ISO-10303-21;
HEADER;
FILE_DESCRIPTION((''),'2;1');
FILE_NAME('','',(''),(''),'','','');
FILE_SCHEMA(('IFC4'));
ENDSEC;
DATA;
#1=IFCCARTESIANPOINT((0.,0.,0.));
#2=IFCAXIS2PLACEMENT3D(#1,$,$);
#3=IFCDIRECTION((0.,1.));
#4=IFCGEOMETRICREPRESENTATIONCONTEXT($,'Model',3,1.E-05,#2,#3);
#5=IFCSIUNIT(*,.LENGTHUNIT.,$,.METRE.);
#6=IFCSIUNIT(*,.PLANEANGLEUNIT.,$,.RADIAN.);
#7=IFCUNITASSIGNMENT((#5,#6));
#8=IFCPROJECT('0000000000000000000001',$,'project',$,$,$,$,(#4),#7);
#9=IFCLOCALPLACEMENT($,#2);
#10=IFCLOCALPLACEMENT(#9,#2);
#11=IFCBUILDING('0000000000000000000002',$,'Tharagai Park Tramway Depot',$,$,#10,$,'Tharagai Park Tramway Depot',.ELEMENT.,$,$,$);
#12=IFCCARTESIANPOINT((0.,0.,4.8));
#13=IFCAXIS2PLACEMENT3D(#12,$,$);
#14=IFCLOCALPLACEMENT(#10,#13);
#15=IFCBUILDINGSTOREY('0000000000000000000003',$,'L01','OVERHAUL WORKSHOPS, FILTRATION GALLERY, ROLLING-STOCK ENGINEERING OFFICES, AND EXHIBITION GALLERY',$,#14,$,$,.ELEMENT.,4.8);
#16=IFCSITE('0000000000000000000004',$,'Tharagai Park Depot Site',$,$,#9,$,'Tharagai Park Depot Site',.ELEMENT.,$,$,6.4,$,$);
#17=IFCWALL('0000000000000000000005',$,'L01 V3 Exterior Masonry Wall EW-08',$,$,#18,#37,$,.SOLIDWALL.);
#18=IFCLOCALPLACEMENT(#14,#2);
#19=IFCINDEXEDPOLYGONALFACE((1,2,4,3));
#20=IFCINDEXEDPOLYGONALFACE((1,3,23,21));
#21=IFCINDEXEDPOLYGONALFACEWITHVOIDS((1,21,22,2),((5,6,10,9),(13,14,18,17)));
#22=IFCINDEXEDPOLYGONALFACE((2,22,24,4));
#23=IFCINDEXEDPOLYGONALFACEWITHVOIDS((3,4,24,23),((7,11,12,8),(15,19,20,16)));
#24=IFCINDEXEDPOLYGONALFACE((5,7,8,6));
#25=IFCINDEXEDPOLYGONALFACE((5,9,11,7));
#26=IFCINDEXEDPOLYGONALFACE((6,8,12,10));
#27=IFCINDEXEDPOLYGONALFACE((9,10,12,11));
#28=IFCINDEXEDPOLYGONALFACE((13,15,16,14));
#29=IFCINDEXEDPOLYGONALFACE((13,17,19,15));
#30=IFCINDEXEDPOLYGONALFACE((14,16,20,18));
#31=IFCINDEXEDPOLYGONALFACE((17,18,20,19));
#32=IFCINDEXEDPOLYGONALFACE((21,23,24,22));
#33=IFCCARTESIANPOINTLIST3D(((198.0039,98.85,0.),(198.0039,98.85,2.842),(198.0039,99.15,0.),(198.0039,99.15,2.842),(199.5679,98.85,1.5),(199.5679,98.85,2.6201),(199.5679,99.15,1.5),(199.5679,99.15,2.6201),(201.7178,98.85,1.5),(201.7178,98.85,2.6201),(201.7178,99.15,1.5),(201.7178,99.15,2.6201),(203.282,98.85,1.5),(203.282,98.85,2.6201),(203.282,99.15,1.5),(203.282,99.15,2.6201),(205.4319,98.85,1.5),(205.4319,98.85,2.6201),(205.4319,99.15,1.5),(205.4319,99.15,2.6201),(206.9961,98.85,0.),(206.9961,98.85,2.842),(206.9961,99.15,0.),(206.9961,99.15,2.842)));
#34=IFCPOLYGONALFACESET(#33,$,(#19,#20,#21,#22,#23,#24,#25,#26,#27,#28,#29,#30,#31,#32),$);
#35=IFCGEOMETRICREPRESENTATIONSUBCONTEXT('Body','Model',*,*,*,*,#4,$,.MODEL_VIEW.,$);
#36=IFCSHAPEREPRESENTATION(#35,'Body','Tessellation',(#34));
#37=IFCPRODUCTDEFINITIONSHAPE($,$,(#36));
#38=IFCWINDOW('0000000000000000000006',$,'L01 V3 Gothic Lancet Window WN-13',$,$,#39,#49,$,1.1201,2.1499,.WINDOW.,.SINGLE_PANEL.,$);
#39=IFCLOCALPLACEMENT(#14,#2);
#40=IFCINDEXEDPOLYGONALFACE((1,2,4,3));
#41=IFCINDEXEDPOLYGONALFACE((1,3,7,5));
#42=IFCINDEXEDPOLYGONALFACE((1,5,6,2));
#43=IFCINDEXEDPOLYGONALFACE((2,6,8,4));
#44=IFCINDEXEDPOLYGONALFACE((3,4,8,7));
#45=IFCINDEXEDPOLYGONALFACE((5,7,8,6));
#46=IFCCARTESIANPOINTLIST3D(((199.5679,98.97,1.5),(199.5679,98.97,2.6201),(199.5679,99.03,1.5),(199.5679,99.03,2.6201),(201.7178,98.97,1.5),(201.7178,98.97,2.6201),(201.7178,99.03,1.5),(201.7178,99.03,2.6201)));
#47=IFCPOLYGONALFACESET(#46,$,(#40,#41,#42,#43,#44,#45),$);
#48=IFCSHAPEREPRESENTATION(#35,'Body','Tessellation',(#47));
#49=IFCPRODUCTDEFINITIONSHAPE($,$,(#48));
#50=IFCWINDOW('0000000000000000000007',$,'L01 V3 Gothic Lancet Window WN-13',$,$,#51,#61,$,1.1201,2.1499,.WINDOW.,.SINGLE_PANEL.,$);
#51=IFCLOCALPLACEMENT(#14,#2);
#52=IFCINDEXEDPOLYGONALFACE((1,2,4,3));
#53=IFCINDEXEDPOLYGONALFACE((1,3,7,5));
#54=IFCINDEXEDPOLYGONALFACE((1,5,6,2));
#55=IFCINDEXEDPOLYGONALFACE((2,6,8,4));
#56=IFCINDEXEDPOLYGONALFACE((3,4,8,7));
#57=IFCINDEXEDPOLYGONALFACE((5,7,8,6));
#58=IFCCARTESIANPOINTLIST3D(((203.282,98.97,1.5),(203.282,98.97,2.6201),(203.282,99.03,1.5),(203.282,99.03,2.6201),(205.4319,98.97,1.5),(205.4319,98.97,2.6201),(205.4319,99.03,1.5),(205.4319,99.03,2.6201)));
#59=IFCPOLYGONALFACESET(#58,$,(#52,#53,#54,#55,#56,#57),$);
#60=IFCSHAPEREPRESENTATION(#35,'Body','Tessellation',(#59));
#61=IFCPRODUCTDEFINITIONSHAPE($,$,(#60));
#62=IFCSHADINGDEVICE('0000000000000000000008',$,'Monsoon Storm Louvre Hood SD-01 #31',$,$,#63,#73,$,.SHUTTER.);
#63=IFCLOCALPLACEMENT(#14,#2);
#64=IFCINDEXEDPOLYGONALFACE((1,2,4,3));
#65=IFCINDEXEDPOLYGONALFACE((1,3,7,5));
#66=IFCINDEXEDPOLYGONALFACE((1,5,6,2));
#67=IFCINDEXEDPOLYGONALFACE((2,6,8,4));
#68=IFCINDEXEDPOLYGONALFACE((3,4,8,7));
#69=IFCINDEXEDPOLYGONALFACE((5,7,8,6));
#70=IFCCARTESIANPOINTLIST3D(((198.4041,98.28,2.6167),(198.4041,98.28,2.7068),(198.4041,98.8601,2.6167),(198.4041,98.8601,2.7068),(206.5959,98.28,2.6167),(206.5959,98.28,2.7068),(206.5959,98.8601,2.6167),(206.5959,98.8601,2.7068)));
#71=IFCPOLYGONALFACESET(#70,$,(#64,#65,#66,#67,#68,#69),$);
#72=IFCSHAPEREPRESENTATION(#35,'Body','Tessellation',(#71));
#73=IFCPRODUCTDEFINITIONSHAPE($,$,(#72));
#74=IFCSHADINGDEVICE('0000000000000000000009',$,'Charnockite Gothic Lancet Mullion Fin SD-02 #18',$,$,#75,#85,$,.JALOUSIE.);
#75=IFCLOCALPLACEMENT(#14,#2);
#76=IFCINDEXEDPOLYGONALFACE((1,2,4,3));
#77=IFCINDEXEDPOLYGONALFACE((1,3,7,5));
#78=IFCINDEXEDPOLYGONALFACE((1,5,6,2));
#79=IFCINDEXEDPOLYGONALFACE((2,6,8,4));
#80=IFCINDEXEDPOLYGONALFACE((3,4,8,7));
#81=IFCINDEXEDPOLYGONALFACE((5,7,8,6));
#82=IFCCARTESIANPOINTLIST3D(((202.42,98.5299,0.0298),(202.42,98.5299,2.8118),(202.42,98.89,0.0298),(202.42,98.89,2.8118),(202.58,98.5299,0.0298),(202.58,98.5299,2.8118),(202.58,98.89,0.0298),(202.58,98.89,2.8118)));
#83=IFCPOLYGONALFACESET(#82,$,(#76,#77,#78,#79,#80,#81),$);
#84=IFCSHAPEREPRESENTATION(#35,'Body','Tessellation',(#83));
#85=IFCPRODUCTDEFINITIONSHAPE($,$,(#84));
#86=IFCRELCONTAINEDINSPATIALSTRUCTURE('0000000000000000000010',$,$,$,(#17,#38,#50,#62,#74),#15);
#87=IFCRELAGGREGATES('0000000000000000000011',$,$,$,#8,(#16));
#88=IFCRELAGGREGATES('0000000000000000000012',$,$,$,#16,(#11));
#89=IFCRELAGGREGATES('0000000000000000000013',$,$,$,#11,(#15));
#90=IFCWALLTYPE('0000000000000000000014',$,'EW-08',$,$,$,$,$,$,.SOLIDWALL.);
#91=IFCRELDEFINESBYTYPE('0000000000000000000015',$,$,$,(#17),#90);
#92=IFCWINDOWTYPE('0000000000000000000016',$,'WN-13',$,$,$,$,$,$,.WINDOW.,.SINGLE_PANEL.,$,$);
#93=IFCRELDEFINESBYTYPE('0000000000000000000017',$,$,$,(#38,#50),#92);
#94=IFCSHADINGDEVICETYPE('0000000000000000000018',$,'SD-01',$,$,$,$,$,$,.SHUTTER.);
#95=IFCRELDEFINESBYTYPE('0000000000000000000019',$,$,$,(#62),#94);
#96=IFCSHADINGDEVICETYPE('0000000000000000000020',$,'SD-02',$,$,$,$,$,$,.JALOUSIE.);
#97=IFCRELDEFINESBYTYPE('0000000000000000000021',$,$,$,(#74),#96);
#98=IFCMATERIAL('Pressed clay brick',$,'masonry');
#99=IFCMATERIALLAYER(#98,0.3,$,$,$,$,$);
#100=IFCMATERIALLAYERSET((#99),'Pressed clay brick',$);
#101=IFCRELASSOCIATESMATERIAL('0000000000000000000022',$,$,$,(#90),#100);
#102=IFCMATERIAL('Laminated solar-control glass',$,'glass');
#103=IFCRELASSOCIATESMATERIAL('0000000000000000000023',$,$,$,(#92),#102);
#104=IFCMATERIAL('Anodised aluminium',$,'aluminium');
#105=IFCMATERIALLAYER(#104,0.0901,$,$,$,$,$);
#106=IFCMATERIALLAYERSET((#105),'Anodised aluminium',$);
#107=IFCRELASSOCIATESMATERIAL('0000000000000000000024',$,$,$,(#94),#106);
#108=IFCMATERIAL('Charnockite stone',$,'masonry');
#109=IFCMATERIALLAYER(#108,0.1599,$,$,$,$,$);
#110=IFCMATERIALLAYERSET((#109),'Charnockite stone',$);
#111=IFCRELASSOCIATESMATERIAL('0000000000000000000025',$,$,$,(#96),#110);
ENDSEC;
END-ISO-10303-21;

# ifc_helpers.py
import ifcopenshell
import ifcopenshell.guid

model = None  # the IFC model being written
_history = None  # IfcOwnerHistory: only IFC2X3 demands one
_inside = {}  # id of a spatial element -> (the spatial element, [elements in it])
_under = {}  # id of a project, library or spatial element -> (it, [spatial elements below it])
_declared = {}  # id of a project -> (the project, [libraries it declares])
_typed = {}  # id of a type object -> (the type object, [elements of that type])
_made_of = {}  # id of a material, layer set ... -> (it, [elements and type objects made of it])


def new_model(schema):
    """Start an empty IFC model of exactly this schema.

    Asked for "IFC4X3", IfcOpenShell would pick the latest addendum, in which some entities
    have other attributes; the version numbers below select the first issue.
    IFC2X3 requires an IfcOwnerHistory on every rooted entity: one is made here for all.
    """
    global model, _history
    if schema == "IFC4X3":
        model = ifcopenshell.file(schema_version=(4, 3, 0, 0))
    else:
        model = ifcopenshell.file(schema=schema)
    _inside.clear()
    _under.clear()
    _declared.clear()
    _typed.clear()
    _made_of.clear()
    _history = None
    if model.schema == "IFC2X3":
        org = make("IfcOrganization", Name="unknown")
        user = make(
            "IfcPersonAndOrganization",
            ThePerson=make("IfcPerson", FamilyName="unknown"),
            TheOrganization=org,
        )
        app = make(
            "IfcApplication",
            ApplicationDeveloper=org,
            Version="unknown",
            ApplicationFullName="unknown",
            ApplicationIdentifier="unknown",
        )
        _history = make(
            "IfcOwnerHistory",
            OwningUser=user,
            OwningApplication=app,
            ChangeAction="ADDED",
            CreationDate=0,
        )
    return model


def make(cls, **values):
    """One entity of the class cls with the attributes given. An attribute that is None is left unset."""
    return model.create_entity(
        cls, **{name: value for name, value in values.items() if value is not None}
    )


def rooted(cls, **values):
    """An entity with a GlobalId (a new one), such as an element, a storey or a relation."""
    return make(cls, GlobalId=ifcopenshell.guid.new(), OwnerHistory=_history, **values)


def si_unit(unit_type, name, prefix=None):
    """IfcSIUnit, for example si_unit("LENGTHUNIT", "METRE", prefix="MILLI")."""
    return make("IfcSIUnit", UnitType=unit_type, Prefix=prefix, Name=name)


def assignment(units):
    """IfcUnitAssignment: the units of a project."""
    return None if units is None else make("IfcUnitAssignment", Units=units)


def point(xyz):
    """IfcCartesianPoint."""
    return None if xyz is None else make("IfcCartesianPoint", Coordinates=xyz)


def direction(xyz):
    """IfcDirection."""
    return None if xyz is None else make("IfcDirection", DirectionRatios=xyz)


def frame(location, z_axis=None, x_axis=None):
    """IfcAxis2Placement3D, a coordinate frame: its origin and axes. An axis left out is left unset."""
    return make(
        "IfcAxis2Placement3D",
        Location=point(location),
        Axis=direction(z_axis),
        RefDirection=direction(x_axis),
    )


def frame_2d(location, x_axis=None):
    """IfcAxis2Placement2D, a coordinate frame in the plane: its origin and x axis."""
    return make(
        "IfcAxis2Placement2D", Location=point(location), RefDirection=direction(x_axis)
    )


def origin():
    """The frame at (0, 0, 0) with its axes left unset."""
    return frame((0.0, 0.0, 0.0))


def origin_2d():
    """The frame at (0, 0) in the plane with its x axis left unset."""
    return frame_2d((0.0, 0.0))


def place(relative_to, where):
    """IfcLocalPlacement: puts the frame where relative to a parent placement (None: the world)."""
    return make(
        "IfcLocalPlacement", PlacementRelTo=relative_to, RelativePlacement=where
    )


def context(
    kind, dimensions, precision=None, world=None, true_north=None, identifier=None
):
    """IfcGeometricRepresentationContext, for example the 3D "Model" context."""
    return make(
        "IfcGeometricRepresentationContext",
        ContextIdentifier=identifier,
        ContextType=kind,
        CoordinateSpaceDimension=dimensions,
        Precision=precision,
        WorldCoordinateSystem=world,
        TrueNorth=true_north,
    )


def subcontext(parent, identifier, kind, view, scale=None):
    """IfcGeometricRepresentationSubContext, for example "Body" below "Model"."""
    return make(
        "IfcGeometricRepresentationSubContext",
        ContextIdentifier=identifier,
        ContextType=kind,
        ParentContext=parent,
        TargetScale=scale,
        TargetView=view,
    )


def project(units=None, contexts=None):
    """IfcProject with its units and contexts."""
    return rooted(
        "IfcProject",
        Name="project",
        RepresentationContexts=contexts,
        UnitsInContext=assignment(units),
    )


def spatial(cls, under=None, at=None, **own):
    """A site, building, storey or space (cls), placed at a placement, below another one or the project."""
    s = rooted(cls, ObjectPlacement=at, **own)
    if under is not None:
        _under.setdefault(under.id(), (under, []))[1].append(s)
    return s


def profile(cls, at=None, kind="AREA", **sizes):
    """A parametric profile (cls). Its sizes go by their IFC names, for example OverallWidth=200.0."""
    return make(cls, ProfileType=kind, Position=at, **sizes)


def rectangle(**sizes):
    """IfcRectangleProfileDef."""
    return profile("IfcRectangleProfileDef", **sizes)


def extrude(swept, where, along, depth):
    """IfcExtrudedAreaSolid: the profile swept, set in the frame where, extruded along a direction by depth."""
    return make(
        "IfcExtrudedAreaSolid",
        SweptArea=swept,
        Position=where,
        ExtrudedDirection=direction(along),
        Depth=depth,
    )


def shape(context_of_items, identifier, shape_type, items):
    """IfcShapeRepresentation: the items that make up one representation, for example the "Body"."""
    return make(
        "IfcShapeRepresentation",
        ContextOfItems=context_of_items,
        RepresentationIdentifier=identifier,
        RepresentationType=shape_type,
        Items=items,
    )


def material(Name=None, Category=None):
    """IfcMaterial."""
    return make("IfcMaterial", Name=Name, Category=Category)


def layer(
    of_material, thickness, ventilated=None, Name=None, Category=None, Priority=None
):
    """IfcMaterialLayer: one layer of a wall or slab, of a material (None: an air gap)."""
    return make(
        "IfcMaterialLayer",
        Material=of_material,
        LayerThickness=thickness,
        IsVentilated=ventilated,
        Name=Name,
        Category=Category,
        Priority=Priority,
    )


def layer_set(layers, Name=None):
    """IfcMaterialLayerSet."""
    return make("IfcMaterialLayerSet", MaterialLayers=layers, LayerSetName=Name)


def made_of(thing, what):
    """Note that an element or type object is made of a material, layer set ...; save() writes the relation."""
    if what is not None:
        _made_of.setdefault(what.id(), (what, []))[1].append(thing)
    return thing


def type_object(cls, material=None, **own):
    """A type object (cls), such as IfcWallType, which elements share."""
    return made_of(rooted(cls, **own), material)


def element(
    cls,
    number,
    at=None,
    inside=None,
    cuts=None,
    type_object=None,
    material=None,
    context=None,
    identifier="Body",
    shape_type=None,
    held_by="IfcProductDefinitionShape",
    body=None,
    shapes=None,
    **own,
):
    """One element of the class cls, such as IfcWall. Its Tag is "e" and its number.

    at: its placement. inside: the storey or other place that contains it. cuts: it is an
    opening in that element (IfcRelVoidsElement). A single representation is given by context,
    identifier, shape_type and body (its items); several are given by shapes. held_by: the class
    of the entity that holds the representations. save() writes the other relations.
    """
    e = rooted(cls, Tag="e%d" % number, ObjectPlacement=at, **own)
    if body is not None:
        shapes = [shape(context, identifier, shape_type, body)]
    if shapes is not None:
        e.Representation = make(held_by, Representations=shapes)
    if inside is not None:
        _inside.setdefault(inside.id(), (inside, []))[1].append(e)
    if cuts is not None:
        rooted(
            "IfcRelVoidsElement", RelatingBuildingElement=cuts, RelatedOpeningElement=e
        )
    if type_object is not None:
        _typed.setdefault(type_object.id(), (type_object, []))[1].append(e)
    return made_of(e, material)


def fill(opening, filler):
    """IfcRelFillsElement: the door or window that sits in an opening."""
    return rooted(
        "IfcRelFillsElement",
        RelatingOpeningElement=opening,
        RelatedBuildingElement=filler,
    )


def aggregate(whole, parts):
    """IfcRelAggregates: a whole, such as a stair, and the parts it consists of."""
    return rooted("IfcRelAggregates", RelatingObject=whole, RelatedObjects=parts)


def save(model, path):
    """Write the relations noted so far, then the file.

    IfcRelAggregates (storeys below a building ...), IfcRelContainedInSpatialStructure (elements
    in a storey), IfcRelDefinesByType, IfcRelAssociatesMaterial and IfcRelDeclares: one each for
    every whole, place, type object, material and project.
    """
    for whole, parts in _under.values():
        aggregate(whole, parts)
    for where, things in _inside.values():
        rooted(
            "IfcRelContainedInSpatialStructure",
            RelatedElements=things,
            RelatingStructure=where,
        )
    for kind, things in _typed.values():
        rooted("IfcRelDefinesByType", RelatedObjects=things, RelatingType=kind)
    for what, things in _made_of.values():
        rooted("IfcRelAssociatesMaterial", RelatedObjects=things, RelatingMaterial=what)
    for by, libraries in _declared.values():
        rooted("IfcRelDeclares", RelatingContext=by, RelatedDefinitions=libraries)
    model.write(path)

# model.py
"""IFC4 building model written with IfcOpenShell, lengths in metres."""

from ifc_helpers import new_model, si_unit, direction, frame, frame_2d, origin, origin_2d, place, context, subcontext, project, spatial, rectangle, extrude, material, layer, layer_set, type_object, element, fill, save


model = new_model("IFC4")

# Units and contexts
model_context = context("Model", 3, precision=1e-05, world=origin(), true_north=direction((0.0, 1.0)))
body_context = subcontext(model_context, "Body", "Model", "MODEL_VIEW")
ifc_project = project(units=[si_unit("LENGTHUNIT", "METRE"), si_unit("PLANEANGLEUNIT", "RADIAN")], contexts=[model_context])

# Site, building, storey
site_placement = place(None, origin())
site = spatial("IfcSite", under=ifc_project, at=site_placement, Name="Tharagai Park Depot Site", LongName="Tharagai Park Depot Site", CompositionType="ELEMENT", RefElevation=6.4)
building_placement = place(site_placement, origin())
building = spatial("IfcBuilding", under=site, at=building_placement, Name="Tharagai Park Tramway Depot", LongName="Tharagai Park Tramway Depot", CompositionType="ELEMENT")
storey_placement = place(building_placement, frame((0.0, 0.0, 4.8)))
storey = spatial("IfcBuildingStorey", under=building, at=storey_placement, Name="L01", Description="OVERHAUL WORKSHOPS, FILTRATION GALLERY, ROLLING-STOCK ENGINEERING OFFICES, AND EXHIBITION GALLERY", CompositionType="ELEMENT", Elevation=4.8)

# Shared definitions
ifc_material_1 = material(Name="Anodised aluminium", Category="aluminium")

# Wall, openings, windows
ifc_material_2 = material(Name="Pressed clay brick", Category="masonry")
ifc_layer_1 = layer(ifc_material_2, 0.3)
ifc_layer_set_1 = layer_set([ifc_layer_1], Name="Pressed clay brick")
wall_type = type_object("IfcWallType", Name="EW-08", PredefinedType="SOLIDWALL", material=ifc_layer_set_1)
wall_placement = place(storey_placement, frame((198.0039, 99.0, 0.0), z_axis=(0.0, 0.0, 1.0), x_axis=(1.0, 0.0, 0.0)))
wall = element("IfcWall", 1, at=wall_placement, inside=storey, type_object=wall_type, Name="L01 V3 Exterior Masonry Wall EW-08", PredefinedType="SOLIDWALL", context=body_context, shape_type="SweptSolid", body=[
    extrude(rectangle(XDim=8.9922, YDim=0.3, at=frame_2d((4.4961, 0.0))), origin(), (0.0, 0.0, 1.0), 2.842),
])
opening_1_placement = place(wall_placement, frame((1.564, 0.0, 1.5)))
opening_1 = element("IfcOpeningElement", 2, at=opening_1_placement, cuts=wall, PredefinedType="OPENING", context=body_context, shape_type="SweptSolid", body=[
    extrude(rectangle(XDim=2.1499, YDim=1.1201, at=frame_2d((1.075, 0.5601))), frame((0.0, 0.1599, 0.0), z_axis=(0.0, -1.0, 0.0), x_axis=(1.0, 0.0, 0.0)), (0.0, 0.0, 1.0), 0.3201),
])
opening_2_placement = place(wall_placement, frame((5.2781, 0.0, 1.5)))
opening_2 = element("IfcOpeningElement", 3, at=opening_2_placement, cuts=wall, PredefinedType="OPENING", context=body_context, shape_type="SweptSolid", body=[
    extrude(rectangle(XDim=2.1499, YDim=1.1201, at=frame_2d((1.075, 0.5601))), frame((0.0, 0.1599, 0.0), z_axis=(0.0, -1.0, 0.0), x_axis=(1.0, 0.0, 0.0)), (0.0, 0.0, 1.0), 0.3201),
])
ifc_material_3 = material(Name="Laminated solar-control glass", Category="glass")
window_type = type_object("IfcWindowType", Name="WN-13", PartitioningType="SINGLE_PANEL", PredefinedType="WINDOW", material=ifc_material_3)
window_1_placement = place(opening_1_placement, origin())
window_1 = element("IfcWindow", 4, at=window_1_placement, inside=storey, type_object=window_type, Name="L01 V3 Gothic Lancet Window WN-13", OverallHeight=1.1201, OverallWidth=2.1499, PartitioningType="SINGLE_PANEL", PredefinedType="WINDOW", context=body_context, shape_type="SweptSolid", body=[
    extrude(rectangle(XDim=2.1499, YDim=1.1201, at=frame_2d((1.075, 0.5601))), frame((0.0, 0.03, 0.0), z_axis=(0.0, -1.0, 0.0), x_axis=(1.0, 0.0, 0.0)), (0.0, 0.0, 1.0), 0.0601),
])
fill(opening_1, window_1)
window_2_placement = place(opening_2_placement, origin())
window_2 = element("IfcWindow", 5, at=window_2_placement, inside=storey, type_object=window_type, Name="L01 V3 Gothic Lancet Window WN-13", OverallHeight=1.1201, OverallWidth=2.1499, PartitioningType="SINGLE_PANEL", PredefinedType="WINDOW", context=body_context, shape_type="SweptSolid", body=[
    extrude(rectangle(XDim=2.1499, YDim=1.1201, at=frame_2d((1.075, 0.5601))), frame((0.0, 0.03, 0.0), z_axis=(0.0, -1.0, 0.0), x_axis=(1.0, 0.0, 0.0)), (0.0, 0.0, 1.0), 0.0601),
])
fill(opening_2, window_2)

# Shading devices
ifc_layer_2 = layer(ifc_material_1, 0.0901)
ifc_layer_set_2 = layer_set([ifc_layer_2], Name="Anodised aluminium")
shading_device_type_1 = type_object("IfcShadingDeviceType", Name="SD-01", PredefinedType="SHUTTER", material=ifc_layer_set_2)
shading_device_1_placement = place(storey_placement, frame((202.5, 98.5701, 2.6167), z_axis=(0.0, 0.0, 1.0), x_axis=(1.0, 0.0, 0.0)))
element("IfcShadingDevice", 6, at=shading_device_1_placement, inside=storey, type_object=shading_device_type_1, Name="Monsoon Storm Louvre Hood SD-01 #31", PredefinedType="SHUTTER", context=body_context, shape_type="SweptSolid", body=[
    extrude(rectangle(XDim=8.1919, YDim=0.5801, at=origin_2d()), origin(), (0.0, 0.0, 1.0), 0.0901),
])
ifc_material_4 = material(Name="Charnockite stone", Category="masonry")
ifc_layer_3 = layer(ifc_material_4, 0.1599)
ifc_layer_set_3 = layer_set([ifc_layer_3], Name="Charnockite stone")
shading_device_type_2 = type_object("IfcShadingDeviceType", Name="SD-02", PredefinedType="JALOUSIE", material=ifc_layer_set_3)
shading_device_2_placement = place(storey_placement, frame((202.5, 98.71, 0.0298), z_axis=(0.0, 0.0, 1.0), x_axis=(1.0, 0.0, 0.0)))
element("IfcShadingDevice", 7, at=shading_device_2_placement, inside=storey, type_object=shading_device_type_2, Name="Charnockite Gothic Lancet Mullion Fin SD-02 #18", PredefinedType="JALOUSIE", context=body_context, shape_type="SweptSolid", body=[
    extrude(rectangle(XDim=0.1599, YDim=0.3601, at=origin_2d()), origin(), (0.0, 0.0, 1.0), 2.782),
])

save(model, "model.ifc")
